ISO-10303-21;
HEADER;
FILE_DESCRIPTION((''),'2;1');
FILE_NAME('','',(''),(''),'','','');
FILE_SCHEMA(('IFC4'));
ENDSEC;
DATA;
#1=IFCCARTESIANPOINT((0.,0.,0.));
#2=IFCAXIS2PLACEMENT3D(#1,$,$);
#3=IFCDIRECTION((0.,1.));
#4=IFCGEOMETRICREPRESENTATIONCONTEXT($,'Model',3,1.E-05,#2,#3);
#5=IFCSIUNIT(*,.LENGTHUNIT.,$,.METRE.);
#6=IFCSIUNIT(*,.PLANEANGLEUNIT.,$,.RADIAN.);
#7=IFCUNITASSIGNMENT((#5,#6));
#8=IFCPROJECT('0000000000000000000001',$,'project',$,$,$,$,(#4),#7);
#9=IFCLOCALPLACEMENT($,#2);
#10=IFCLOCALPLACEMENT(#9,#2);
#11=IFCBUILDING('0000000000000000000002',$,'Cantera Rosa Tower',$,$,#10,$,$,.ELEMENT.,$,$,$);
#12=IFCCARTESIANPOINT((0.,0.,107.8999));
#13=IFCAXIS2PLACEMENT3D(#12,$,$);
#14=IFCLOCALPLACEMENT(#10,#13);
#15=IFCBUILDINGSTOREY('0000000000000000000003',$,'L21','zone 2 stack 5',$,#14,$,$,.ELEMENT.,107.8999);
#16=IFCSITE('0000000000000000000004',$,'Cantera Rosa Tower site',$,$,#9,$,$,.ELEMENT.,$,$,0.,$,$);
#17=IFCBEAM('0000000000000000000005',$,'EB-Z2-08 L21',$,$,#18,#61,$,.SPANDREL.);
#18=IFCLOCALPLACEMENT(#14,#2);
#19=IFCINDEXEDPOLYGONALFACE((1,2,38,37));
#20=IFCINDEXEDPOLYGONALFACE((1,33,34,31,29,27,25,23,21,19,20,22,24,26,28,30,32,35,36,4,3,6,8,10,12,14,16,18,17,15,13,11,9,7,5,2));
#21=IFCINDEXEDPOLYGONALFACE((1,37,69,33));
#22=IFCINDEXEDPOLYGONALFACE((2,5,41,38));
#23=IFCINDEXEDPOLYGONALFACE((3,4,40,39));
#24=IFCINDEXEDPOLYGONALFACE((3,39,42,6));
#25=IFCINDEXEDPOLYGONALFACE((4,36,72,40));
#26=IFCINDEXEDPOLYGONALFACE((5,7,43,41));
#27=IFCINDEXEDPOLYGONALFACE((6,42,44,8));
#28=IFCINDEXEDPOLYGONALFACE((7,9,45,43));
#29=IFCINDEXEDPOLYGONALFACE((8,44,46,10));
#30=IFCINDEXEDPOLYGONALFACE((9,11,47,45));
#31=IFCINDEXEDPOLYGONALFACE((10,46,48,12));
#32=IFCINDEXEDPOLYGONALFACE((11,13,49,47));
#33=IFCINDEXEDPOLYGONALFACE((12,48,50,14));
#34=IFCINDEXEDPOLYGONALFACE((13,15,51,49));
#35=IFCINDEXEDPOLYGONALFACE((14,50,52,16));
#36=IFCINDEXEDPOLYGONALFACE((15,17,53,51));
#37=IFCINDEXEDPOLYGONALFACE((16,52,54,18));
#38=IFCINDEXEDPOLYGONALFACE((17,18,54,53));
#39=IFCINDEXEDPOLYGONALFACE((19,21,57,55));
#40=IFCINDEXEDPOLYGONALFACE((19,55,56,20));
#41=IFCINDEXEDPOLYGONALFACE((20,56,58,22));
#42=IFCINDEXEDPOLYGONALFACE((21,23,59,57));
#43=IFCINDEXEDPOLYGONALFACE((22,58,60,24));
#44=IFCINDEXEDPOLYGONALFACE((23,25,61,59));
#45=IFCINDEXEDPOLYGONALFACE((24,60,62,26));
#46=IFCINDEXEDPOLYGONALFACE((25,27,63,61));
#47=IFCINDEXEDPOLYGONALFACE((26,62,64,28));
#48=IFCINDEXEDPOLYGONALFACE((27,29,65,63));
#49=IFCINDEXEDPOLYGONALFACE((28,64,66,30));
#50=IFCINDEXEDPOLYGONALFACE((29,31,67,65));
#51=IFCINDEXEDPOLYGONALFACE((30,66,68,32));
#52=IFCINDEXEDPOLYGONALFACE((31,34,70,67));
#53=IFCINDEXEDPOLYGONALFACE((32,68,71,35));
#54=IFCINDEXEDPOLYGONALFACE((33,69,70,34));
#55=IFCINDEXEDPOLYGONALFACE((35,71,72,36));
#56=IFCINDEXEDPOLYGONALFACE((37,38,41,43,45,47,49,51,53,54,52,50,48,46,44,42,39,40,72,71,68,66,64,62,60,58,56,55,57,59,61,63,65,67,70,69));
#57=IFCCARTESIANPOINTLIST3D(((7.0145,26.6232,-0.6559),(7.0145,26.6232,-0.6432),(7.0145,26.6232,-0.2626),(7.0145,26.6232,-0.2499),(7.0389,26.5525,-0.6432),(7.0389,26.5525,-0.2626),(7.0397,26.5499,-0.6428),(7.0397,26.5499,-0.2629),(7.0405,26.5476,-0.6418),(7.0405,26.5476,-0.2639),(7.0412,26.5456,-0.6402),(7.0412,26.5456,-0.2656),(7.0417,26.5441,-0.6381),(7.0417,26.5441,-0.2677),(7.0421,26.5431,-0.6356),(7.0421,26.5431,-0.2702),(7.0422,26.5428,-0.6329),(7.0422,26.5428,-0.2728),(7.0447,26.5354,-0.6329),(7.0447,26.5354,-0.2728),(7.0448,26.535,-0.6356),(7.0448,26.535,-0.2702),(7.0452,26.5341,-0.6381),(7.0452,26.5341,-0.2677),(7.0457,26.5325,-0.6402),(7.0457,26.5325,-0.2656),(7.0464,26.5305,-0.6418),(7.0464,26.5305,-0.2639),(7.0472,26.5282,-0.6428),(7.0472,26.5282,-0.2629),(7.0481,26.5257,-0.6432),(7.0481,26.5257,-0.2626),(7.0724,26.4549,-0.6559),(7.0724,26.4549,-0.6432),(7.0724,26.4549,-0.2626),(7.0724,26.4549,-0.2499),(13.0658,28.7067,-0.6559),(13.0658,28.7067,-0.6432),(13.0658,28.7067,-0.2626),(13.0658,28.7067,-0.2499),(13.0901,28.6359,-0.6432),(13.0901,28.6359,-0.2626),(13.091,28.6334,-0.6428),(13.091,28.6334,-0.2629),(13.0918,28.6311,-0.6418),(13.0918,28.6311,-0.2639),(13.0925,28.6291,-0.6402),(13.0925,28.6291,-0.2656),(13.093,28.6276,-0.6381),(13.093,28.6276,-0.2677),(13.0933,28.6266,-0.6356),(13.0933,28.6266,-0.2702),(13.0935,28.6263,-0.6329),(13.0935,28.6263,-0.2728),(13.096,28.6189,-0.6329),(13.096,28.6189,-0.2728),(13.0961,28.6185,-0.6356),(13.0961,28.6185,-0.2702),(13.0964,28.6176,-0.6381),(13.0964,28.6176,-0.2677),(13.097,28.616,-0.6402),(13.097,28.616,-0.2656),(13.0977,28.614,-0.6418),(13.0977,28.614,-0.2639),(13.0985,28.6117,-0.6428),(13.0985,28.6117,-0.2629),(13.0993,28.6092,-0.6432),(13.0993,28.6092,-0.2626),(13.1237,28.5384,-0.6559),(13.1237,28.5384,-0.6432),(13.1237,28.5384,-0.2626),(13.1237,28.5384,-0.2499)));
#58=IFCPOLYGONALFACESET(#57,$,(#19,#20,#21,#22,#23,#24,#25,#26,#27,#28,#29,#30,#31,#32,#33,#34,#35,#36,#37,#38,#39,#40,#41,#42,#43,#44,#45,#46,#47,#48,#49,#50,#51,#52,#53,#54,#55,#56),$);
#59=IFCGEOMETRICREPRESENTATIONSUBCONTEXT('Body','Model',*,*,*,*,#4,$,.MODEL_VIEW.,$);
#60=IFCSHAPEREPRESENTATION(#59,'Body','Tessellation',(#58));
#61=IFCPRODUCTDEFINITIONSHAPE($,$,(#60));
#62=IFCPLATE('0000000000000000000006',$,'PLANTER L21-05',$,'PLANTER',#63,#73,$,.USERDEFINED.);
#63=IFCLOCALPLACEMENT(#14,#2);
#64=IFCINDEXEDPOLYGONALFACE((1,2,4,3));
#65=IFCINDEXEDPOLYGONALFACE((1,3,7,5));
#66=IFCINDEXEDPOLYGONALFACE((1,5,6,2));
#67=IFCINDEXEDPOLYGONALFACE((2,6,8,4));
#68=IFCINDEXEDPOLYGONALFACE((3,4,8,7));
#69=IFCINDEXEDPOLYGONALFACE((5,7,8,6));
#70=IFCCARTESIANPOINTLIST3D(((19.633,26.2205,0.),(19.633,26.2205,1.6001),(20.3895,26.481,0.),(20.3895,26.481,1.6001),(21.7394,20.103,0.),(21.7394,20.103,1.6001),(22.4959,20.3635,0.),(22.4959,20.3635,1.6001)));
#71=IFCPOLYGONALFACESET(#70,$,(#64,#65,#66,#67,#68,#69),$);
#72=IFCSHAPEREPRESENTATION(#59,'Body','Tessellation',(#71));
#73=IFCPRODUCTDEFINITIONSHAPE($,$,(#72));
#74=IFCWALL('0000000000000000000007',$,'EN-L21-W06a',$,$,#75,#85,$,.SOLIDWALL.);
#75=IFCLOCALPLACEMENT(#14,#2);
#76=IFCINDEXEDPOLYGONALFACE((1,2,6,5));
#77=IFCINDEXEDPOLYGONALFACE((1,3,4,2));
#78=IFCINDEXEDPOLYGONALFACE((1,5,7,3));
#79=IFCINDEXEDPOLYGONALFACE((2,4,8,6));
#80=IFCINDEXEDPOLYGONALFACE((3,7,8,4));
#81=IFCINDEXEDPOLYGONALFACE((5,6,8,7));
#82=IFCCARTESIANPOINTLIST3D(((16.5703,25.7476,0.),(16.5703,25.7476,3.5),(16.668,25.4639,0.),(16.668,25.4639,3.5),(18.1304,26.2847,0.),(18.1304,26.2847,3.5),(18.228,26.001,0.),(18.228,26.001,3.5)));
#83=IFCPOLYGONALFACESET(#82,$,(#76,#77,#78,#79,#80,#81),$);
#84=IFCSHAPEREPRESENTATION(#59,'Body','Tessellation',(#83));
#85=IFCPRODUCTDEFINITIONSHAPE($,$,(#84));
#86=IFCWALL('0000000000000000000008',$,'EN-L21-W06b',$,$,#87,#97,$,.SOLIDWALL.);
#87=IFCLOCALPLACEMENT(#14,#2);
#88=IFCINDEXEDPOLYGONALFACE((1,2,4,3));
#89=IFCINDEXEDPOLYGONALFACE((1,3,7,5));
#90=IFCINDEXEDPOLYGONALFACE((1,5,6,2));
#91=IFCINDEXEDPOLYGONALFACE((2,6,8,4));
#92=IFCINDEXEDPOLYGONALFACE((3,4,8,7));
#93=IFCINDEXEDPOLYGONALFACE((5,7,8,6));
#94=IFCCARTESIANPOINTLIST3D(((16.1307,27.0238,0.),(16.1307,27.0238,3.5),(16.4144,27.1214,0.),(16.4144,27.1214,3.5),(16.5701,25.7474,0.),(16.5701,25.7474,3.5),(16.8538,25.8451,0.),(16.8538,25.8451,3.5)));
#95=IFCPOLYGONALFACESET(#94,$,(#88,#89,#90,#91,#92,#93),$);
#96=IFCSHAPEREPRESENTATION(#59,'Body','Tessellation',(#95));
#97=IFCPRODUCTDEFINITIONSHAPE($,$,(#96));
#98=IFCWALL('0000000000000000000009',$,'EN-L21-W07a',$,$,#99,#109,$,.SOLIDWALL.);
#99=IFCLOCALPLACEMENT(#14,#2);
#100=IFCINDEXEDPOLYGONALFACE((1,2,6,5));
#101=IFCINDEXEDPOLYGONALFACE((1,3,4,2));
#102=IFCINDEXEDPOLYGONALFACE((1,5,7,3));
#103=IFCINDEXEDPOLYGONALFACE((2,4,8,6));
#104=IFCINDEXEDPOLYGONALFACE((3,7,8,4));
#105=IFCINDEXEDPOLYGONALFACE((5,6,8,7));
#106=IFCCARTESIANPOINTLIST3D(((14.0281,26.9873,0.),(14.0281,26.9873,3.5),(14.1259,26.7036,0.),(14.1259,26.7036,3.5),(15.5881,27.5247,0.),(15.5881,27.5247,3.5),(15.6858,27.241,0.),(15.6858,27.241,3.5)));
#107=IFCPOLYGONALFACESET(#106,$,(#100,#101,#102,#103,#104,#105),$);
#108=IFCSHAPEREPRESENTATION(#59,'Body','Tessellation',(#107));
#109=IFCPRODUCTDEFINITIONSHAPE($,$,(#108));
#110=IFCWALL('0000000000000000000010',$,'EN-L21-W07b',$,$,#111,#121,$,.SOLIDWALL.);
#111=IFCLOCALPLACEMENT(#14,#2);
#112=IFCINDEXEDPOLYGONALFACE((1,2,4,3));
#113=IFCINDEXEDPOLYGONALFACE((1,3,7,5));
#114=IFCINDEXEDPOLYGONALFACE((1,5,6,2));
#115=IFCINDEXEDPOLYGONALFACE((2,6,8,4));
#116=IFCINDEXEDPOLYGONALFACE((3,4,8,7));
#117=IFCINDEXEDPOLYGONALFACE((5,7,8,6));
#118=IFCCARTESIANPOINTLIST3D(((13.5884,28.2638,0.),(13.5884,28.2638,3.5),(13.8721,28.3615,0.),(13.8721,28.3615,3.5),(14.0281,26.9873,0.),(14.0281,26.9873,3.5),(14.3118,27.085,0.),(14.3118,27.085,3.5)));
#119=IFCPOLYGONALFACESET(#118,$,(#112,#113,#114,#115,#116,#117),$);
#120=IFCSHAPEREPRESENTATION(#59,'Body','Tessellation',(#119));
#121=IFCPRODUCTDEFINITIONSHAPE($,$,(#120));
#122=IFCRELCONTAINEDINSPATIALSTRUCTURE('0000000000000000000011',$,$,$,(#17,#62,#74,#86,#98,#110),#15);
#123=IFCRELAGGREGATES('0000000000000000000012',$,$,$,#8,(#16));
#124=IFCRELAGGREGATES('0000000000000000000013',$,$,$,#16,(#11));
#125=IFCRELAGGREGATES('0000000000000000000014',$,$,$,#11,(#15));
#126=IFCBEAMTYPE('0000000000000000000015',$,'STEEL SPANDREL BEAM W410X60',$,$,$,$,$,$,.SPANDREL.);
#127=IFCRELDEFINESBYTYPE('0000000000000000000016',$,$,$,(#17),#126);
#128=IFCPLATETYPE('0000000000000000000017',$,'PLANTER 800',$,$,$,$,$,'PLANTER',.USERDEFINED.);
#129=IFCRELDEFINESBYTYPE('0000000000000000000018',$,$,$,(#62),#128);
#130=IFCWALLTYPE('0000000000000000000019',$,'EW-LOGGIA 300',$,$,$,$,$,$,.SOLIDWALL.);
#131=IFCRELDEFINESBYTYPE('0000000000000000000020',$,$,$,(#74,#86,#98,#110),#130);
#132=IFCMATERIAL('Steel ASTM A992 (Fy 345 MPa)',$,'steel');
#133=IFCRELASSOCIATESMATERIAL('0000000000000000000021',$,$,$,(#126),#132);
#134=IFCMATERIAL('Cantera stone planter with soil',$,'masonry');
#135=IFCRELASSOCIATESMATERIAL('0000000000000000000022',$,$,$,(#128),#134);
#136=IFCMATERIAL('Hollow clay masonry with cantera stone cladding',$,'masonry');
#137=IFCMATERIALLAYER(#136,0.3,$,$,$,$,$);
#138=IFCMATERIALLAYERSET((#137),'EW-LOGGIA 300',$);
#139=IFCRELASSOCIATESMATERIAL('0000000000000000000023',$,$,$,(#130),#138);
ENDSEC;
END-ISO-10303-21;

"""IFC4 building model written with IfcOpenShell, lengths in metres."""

from ifc_helpers import new_model, si_unit, direction, frame, frame_2d, origin, origin_2d, place, context, subcontext, project, spatial, rectangle, i_section, extrude, material, layer, layer_set, material_profile, profile_set, type_object, element, save


model = new_model("IFC4")

# Units and contexts
model_context = context("Model", 3, precision=1e-05, world=origin(), true_north=direction((0.0, 1.0)))
body_context = subcontext(model_context, "Body", "Model", "MODEL_VIEW")
ifc_project = project(units=[si_unit("LENGTHUNIT", "METRE"), si_unit("PLANEANGLEUNIT", "RADIAN")], contexts=[model_context])

# Site, building, storey
site_placement = place(None, origin())
site = spatial("IfcSite", under=ifc_project, at=site_placement, Name="Cantera Rosa Tower site", CompositionType="ELEMENT", RefElevation=0.0)
building_placement = place(site_placement, origin())
building = spatial("IfcBuilding", under=site, at=building_placement, Name="Cantera Rosa Tower", CompositionType="ELEMENT")
storey_placement = place(building_placement, frame((0.0, 0.0, 107.8999)))
storey = spatial("IfcBuildingStorey", under=building, at=storey_placement, Name="L21", Description="zone 2 stack 5", CompositionType="ELEMENT", Elevation=107.8999)

# Beam
ifc_material_1 = material(Name="Steel ASTM A992 (Fy 345 MPa)", Category="steel")
ifc_material_profile_1 = material_profile(ifc_material_1, i_section(OverallWidth=0.178, OverallDepth=0.406, WebThickness=0.0078, FlangeThickness=0.0127, FilletRadius=0.0103, at=origin_2d()), Name="W410X60")
ifc_profile_set_1 = profile_set([ifc_material_profile_1], Name="Steel ASTM A992 (Fy 345 MPa)")
beam_type_1 = type_object("IfcBeamType", Name="STEEL SPANDREL BEAM W410X60", PredefinedType="SPANDREL", material=ifc_profile_set_1)
beam_1_placement = place(storey_placement, frame((13.0947, 28.6226, -0.4529), z_axis=(-0.945524, -0.325551, 0.0), x_axis=(0.325551, -0.945524, 0.0)))
element("IfcBeam", 1, at=beam_1_placement, inside=storey, type_object=beam_type_1, Name="EB-Z2-08 L21", PredefinedType="SPANDREL", context=body_context, shape_type="SweptSolid", body=[
    extrude(i_section(OverallWidth=0.178, OverallDepth=0.406, WebThickness=0.0078, FlangeThickness=0.0127, FilletRadius=0.0103, at=origin_2d()), origin(), (0.0, 0.0, 1.0), 6.3999),
])

# Plate
ifc_material_2 = material(Name="Cantera stone planter with soil", Category="masonry")
plate_type = type_object("IfcPlateType", Name="PLANTER 800", ElementType="PLANTER", PredefinedType="USERDEFINED", material=ifc_material_2)
plate_placement = place(storey_placement, frame((21.0645, 23.292, 0.0), z_axis=(0.0, 0.0, 1.0), x_axis=(-0.325568, 0.945519, 0.0)))
element("IfcPlate", 2, at=plate_placement, inside=storey, type_object=plate_type, Name="PLANTER L21-05", ObjectType="PLANTER", PredefinedType="USERDEFINED", context=body_context, shape_type="SweptSolid", body=[
    extrude(rectangle(XDim=6.47, YDim=0.8, at=origin_2d()), origin(), (0.0, 0.0, 1.0), 1.6001),
])

# Walls
ifc_material_3 = material(Name="Hollow clay masonry with cantera stone cladding", Category="masonry")
ifc_layer_1 = layer(ifc_material_3, 0.3)
ifc_layer_set_1 = layer_set([ifc_layer_1], Name="EW-LOGGIA 300")
wall_type_1 = type_object("IfcWallType", Name="EW-LOGGIA 300", PredefinedType="SOLIDWALL", material=ifc_layer_set_1)
wall_1_placement = place(storey_placement, frame((18.1792, 26.1428, 0.0), z_axis=(0.0, 0.0, 1.0), x_axis=(-0.94553, -0.325535, 0.0)))
element("IfcWall", 3, at=wall_1_placement, inside=storey, type_object=wall_type_1, Name="EN-L21-W06a", PredefinedType="SOLIDWALL", context=body_context, shape_type="SweptSolid", body=[
    extrude(rectangle(XDim=1.6499, YDim=0.3, at=frame_2d((0.825, 0.0))), origin(), (0.0, 0.0, 1.0), 3.5),
])
wall_2_placement = place(storey_placement, frame((16.7119, 25.7964, 0.0), z_axis=(0.0, 0.0, 1.0), x_axis=(-0.325545, 0.945527, 0.0)))
element("IfcWall", 4, at=wall_2_placement, inside=storey, type_object=wall_type_1, Name="EN-L21-W06b", PredefinedType="SOLIDWALL", context=body_context, shape_type="SweptSolid", body=[
    extrude(rectangle(XDim=1.3499, YDim=0.3, at=frame_2d((0.6748, 0.0))), origin(), (0.0, 0.0, 1.0), 3.5),
])
wall_3_placement = place(storey_placement, frame((15.637, 27.3828, 0.0), z_axis=(0.0, 0.0, 1.0), x_axis=(-0.945485, -0.325667, 0.0)))
element("IfcWall", 5, at=wall_3_placement, inside=storey, type_object=wall_type_1, Name="EN-L21-W07a", PredefinedType="SOLIDWALL", context=body_context, shape_type="SweptSolid", body=[
    extrude(rectangle(XDim=1.6499, YDim=0.3, at=frame_2d((0.825, 0.0))), origin(), (0.0, 0.0, 1.0), 3.5),
])
wall_4_placement = place(storey_placement, frame((14.1699, 27.0361, 0.0), z_axis=(0.0, 0.0, 1.0), x_axis=(-0.325651, 0.94549, 0.0)))
element("IfcWall", 6, at=wall_4_placement, inside=storey, type_object=wall_type_1, Name="EN-L21-W07b", PredefinedType="SOLIDWALL", context=body_context, shape_type="SweptSolid", body=[
    extrude(rectangle(XDim=1.3501, YDim=0.3, at=frame_2d((0.675, 0.0))), origin(), (0.0, 0.0, 1.0), 3.5),
])

save(model, "model.ifc")
